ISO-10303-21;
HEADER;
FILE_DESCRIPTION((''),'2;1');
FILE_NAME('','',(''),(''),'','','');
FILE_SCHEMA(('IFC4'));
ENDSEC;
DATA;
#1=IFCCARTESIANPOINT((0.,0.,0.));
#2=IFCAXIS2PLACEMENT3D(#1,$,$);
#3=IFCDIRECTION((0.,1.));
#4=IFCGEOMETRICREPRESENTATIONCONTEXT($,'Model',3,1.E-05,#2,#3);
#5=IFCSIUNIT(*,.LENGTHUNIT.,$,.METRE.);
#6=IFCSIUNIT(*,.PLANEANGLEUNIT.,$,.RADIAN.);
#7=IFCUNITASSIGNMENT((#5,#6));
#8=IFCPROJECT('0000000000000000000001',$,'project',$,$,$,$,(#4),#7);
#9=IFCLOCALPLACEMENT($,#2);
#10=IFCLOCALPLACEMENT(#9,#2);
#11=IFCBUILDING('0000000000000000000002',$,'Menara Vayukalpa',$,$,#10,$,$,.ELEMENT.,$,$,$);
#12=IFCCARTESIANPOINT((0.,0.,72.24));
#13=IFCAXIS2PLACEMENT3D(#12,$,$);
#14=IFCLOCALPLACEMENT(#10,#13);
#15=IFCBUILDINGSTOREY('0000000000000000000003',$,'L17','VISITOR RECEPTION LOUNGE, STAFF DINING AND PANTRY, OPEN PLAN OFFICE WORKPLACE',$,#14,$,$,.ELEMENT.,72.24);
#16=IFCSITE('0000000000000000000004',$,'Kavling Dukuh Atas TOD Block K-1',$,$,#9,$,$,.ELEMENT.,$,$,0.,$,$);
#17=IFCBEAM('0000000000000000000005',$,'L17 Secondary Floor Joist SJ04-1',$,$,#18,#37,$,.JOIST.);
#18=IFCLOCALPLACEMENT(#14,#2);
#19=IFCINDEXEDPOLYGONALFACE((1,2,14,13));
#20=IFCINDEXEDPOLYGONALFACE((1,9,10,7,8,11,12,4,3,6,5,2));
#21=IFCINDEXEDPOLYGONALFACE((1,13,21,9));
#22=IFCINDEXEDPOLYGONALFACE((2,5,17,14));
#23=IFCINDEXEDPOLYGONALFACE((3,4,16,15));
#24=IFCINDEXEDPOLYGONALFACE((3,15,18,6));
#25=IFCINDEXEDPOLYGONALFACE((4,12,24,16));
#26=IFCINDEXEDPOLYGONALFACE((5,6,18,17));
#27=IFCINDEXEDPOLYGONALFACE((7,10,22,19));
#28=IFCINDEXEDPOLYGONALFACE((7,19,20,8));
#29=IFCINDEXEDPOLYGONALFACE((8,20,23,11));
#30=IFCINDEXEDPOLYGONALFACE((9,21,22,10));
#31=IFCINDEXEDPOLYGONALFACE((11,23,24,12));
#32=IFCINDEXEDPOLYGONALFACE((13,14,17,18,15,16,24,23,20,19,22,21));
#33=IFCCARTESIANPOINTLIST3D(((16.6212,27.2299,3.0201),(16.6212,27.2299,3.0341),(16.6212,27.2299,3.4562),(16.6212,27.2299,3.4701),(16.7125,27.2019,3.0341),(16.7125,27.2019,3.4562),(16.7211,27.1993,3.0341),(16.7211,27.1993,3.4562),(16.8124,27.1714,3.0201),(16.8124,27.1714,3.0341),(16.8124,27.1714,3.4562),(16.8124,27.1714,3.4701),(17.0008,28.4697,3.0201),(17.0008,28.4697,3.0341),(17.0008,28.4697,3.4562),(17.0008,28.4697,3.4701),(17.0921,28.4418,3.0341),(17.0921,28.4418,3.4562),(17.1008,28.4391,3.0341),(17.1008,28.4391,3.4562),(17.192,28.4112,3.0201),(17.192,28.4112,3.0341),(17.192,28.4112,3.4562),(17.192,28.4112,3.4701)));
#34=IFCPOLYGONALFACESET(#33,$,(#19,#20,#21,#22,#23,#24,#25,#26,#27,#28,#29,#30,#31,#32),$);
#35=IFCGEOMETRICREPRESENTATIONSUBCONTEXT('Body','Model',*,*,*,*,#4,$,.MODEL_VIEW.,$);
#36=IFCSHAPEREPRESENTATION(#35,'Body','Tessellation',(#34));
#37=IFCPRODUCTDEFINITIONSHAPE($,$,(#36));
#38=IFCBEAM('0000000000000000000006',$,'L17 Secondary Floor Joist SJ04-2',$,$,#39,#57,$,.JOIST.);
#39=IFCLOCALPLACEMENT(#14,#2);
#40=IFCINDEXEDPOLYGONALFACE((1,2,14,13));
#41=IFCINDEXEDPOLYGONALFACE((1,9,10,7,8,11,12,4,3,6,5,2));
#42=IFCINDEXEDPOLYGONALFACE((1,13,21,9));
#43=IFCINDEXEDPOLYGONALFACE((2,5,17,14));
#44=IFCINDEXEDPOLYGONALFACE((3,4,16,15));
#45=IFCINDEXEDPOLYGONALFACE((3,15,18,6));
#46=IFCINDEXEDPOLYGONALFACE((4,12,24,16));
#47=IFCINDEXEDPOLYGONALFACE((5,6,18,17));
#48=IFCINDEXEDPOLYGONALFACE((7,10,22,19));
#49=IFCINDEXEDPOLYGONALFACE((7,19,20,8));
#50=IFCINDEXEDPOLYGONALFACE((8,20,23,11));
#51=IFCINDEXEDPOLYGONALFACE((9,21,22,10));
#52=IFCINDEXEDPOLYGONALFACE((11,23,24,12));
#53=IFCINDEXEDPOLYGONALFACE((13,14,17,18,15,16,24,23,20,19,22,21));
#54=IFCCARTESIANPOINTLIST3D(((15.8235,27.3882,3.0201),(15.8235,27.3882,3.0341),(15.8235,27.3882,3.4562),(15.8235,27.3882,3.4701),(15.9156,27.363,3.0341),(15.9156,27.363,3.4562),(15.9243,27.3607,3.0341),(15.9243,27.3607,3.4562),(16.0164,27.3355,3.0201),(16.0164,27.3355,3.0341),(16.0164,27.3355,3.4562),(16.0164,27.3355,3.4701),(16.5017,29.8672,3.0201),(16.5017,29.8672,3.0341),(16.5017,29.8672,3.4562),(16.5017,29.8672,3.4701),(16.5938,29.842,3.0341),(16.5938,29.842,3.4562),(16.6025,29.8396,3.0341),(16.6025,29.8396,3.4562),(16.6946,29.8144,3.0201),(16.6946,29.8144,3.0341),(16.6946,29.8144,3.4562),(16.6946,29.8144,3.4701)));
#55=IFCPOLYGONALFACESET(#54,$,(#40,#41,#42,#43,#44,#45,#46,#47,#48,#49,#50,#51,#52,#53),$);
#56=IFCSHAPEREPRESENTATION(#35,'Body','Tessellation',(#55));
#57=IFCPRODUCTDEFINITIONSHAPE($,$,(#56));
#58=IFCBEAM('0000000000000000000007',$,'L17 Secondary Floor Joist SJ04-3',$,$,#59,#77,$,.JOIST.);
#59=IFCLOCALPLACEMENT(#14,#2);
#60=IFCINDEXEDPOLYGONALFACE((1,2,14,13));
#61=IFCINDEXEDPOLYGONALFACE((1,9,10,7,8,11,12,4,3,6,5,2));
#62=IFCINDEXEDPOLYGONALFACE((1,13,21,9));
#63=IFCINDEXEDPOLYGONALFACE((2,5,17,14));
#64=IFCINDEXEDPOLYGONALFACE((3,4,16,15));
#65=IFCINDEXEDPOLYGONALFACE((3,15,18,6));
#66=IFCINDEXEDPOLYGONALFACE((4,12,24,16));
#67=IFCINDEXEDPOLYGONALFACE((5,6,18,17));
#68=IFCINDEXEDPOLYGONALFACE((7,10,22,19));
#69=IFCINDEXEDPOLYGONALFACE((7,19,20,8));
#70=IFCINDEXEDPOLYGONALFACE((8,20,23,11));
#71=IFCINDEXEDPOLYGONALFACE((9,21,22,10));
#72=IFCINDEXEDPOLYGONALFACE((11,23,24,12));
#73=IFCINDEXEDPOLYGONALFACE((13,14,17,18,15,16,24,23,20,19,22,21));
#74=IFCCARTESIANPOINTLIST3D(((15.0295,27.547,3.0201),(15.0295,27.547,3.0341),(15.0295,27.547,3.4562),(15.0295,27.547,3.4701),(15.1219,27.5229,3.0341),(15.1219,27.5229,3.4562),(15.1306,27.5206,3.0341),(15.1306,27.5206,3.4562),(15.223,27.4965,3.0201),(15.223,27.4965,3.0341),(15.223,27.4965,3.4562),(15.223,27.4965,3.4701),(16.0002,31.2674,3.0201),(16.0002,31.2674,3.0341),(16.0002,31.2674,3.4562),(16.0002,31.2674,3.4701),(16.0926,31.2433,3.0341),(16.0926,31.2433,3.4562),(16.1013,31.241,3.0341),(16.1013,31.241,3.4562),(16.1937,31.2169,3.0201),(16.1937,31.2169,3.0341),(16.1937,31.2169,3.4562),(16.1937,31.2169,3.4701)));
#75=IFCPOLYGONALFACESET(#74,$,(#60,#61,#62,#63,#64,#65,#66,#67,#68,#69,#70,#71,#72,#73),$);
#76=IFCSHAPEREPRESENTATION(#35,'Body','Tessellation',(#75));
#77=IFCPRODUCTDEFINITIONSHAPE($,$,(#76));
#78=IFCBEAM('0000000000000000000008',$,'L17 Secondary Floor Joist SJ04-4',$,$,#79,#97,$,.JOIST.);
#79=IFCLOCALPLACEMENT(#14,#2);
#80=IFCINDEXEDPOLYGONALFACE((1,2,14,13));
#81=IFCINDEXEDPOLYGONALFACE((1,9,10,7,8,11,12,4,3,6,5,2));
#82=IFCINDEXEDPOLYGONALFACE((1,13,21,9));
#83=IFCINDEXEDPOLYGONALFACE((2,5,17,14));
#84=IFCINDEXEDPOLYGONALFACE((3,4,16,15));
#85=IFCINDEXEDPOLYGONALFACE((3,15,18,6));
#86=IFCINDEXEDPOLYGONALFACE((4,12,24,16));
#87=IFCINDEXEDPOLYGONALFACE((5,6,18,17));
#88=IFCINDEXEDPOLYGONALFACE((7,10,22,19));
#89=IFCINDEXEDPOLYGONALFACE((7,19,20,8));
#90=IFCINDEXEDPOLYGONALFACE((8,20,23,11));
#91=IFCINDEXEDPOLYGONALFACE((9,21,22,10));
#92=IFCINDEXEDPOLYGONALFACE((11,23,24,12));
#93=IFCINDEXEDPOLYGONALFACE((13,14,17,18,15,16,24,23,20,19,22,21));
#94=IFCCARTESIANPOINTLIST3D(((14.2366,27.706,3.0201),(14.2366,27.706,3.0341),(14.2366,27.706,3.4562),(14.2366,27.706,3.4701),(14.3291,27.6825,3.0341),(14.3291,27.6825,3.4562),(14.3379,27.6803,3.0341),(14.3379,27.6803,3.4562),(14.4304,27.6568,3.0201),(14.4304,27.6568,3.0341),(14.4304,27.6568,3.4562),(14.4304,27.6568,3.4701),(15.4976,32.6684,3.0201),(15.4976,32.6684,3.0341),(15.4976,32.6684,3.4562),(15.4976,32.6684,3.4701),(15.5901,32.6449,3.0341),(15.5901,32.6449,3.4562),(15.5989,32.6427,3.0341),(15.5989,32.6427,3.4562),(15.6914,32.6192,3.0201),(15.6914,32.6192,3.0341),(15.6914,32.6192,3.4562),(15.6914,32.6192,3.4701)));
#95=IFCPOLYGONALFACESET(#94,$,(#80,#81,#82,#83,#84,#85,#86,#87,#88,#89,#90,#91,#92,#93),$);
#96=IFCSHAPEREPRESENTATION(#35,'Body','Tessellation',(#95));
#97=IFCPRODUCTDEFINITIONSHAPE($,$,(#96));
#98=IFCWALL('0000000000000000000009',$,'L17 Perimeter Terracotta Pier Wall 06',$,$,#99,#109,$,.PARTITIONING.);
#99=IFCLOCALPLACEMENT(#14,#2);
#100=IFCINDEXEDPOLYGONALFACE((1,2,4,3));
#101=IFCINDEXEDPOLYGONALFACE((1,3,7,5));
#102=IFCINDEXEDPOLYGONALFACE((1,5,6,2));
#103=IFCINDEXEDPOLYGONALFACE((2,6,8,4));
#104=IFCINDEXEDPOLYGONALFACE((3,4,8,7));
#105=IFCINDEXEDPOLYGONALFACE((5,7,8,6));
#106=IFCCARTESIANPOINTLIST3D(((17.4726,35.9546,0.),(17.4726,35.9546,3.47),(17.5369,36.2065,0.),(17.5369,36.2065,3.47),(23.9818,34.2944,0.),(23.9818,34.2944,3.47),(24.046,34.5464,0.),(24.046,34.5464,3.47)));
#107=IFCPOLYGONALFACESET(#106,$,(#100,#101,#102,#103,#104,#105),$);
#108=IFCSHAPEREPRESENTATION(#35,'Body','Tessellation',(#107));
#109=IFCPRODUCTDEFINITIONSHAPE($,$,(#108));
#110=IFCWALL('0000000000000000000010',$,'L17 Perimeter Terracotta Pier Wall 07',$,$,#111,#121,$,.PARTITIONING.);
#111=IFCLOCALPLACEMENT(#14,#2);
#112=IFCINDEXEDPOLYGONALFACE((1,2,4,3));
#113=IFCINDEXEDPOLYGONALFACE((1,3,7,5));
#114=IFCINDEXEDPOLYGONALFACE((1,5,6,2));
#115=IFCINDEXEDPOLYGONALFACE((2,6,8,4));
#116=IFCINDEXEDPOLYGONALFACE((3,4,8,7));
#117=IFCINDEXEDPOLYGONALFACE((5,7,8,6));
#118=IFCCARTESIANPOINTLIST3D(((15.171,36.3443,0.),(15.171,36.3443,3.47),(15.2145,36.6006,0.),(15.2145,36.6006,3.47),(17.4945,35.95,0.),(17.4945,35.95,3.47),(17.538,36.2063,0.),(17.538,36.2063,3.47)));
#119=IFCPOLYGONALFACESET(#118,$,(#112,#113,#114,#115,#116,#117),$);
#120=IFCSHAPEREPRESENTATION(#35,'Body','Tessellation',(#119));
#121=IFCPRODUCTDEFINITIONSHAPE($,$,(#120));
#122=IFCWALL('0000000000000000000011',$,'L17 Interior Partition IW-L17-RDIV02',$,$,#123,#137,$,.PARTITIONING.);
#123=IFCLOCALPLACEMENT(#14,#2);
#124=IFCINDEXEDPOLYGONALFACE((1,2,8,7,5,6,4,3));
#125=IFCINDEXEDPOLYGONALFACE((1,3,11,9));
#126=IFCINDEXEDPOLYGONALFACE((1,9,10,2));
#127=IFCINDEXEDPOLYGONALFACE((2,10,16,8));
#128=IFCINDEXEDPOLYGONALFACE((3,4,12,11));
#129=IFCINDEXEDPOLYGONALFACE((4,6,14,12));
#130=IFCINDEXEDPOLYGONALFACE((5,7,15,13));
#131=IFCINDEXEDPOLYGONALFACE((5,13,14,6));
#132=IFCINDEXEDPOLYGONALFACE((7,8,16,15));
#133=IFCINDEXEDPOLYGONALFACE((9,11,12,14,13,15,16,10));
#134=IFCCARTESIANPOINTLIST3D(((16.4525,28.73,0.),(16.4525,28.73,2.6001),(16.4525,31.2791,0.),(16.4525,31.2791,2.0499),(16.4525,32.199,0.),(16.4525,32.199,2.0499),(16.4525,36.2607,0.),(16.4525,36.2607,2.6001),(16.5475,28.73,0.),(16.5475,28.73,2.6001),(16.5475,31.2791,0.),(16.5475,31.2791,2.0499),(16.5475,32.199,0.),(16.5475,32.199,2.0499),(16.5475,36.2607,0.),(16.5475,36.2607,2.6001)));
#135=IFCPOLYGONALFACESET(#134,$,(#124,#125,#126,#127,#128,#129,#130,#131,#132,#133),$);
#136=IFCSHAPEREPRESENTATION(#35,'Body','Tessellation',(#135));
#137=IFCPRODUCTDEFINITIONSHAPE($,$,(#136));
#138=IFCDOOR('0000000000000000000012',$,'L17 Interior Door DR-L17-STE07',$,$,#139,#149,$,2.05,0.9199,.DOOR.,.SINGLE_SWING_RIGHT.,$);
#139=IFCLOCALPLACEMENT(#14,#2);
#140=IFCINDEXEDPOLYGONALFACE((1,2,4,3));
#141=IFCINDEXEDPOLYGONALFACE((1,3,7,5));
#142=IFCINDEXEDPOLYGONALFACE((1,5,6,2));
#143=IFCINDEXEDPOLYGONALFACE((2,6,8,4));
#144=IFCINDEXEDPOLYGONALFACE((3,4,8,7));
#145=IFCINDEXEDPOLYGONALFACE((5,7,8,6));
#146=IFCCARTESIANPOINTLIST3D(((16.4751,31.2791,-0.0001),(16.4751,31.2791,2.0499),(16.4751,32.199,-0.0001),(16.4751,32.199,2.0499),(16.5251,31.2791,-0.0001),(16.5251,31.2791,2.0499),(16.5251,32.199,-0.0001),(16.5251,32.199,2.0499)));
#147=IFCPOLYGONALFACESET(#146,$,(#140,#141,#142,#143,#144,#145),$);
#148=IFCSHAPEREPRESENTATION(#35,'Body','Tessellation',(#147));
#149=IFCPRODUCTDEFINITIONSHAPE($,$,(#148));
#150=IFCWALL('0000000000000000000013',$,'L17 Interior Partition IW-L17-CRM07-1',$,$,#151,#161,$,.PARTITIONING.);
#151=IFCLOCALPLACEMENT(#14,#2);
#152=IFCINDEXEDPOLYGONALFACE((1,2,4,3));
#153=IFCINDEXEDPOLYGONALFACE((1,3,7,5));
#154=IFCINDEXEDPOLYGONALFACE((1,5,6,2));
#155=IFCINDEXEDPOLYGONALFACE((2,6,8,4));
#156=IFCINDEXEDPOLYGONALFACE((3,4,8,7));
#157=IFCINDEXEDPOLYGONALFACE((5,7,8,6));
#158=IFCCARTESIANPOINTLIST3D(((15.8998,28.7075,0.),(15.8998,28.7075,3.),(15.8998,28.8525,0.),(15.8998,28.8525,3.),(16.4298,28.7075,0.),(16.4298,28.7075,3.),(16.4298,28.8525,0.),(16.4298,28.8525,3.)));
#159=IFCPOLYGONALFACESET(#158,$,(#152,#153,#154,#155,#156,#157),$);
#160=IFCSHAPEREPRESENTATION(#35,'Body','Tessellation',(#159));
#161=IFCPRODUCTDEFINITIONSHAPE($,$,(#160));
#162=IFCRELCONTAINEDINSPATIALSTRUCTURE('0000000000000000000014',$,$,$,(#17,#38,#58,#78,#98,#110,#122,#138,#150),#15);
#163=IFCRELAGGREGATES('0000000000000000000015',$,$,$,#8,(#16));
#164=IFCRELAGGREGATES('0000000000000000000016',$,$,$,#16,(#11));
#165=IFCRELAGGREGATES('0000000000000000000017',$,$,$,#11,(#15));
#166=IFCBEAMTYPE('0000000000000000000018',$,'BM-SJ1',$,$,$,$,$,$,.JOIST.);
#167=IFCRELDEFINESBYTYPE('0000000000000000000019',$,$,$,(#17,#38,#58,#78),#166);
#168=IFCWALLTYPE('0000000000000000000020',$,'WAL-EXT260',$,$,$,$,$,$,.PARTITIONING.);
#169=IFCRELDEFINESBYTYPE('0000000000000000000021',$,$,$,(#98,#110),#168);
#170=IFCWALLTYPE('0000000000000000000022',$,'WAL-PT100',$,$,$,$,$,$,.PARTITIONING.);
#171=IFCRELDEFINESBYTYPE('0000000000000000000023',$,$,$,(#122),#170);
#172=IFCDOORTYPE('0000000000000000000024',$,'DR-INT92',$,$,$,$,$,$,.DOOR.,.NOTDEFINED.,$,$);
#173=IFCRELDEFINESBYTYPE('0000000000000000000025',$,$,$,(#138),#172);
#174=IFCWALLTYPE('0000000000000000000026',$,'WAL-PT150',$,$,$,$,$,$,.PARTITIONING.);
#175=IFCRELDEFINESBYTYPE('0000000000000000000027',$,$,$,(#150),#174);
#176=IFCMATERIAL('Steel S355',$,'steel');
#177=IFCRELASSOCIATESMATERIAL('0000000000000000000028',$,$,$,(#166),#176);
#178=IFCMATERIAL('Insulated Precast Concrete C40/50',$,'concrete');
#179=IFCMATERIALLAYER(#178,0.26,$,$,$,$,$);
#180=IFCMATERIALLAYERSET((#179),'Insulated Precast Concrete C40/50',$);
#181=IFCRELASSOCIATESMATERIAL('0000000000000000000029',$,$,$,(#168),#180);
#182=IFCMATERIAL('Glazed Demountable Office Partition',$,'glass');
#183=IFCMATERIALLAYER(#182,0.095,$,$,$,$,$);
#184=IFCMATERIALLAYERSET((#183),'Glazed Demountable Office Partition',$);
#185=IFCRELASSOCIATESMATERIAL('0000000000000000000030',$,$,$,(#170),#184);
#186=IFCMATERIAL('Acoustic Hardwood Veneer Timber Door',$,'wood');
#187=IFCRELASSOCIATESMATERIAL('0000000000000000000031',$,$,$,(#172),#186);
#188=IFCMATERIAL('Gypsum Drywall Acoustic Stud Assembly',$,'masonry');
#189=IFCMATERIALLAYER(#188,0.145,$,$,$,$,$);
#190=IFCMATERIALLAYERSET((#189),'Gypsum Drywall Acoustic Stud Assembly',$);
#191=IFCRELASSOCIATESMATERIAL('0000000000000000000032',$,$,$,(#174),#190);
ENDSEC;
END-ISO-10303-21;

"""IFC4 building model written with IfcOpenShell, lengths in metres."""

from ifc_helpers import new_model, si_unit, direction, frame, frame_2d, origin, origin_2d, place, context, subcontext, project, spatial, rectangle, i_section, extrude, material, layer, layer_set, material_profile, profile_set, type_object, element, fill, save


model = new_model("IFC4")

# Units and contexts
model_context = context("Model", 3, precision=1e-05, world=origin(), true_north=direction((0.0, 1.0)))
body_context = subcontext(model_context, "Body", "Model", "MODEL_VIEW")
ifc_project = project(units=[si_unit("LENGTHUNIT", "METRE"), si_unit("PLANEANGLEUNIT", "RADIAN")], contexts=[model_context])

# Site, building, storey
site_placement = place(None, origin())
site = spatial("IfcSite", under=ifc_project, at=site_placement, Name="Kavling Dukuh Atas TOD Block K-1", CompositionType="ELEMENT", RefElevation=0.0)
building_placement = place(site_placement, origin())
building = spatial("IfcBuilding", under=site, at=building_placement, Name="Menara Vayukalpa", CompositionType="ELEMENT")
storey_placement = place(building_placement, frame((0.0, 0.0, 72.24)))
storey = spatial("IfcBuildingStorey", under=building, at=storey_placement, Name="L17", Description="VISITOR RECEPTION LOUNGE, STAFF DINING AND PANTRY, OPEN PLAN OFFICE WORKPLACE", CompositionType="ELEMENT", Elevation=72.24)

# Beams
ifc_material_1 = material(Name="Steel S355", Category="steel")
ifc_material_profile_1 = material_profile(ifc_material_1, i_section(OverallWidth=0.2, OverallDepth=0.45, WebThickness=0.009, FlangeThickness=0.0139, at=origin_2d()), Name="WF 450x200x9x14")
ifc_profile_set_1 = profile_set([ifc_material_profile_1], Name="Steel S355")
beam_type_1 = type_object("IfcBeamType", Name="BM-SJ1", PredefinedType="JOIST", material=ifc_profile_set_1)
beam_1_placement = place(storey_placement, frame((17.0964, 28.4404, 3.2451), z_axis=(-0.292802, -0.956173, 0.0), x_axis=(0.956173, -0.292802, 0.0)))
element("IfcBeam", 1, at=beam_1_placement, inside=storey, type_object=beam_type_1, Name="L17 Secondary Floor Joist SJ04-1", PredefinedType="JOIST", context=body_context, shape_type="SweptSolid", body=[
    extrude(i_section(OverallWidth=0.2, OverallDepth=0.45, WebThickness=0.009, FlangeThickness=0.0139, at=origin_2d()), origin(), (0.0, 0.0, 1.0), 1.2966),
])
beam_2_placement = place(storey_placement, frame((16.5981, 29.8408, 3.2451), z_axis=(-0.263889, -0.964553, 0.0), x_axis=(0.964553, -0.263889, 0.0)))
element("IfcBeam", 2, at=beam_2_placement, inside=storey, type_object=beam_type_1, Name="L17 Secondary Floor Joist SJ04-2", PredefinedType="JOIST", context=body_context, shape_type="SweptSolid", body=[
    extrude(i_section(OverallWidth=0.2, OverallDepth=0.45, WebThickness=0.009, FlangeThickness=0.0139, at=origin_2d()), origin(), (0.0, 0.0, 1.0), 2.5701),
])
beam_3_placement = place(storey_placement, frame((16.0969, 31.2422, 3.2451), z_axis=(-0.252458, -0.967608, 0.0), x_axis=(0.967608, -0.252458, 0.0)))
element("IfcBeam", 3, at=beam_3_placement, inside=storey, type_object=beam_type_1, Name="L17 Secondary Floor Joist SJ04-3", PredefinedType="JOIST", context=body_context, shape_type="SweptSolid", body=[
    extrude(i_section(OverallWidth=0.2, OverallDepth=0.45, WebThickness=0.009, FlangeThickness=0.0139, at=origin_2d()), origin(), (0.0, 0.0, 1.0), 3.845),
])
beam_4_placement = place(storey_placement, frame((15.5945, 32.6438, 3.2451), z_axis=(-0.246281, -0.969198, 0.0), x_axis=(0.969198, -0.246281, 0.0)))
element("IfcBeam", 4, at=beam_4_placement, inside=storey, type_object=beam_type_1, Name="L17 Secondary Floor Joist SJ04-4", PredefinedType="JOIST", context=body_context, shape_type="SweptSolid", body=[
    extrude(i_section(OverallWidth=0.2, OverallDepth=0.45, WebThickness=0.009, FlangeThickness=0.0139, at=origin_2d()), origin(), (0.0, 0.0, 1.0), 5.1201),
])

# Walls
ifc_material_2 = material(Name="Insulated Precast Concrete C40/50", Category="concrete")
ifc_layer_1 = layer(ifc_material_2, 0.26)
ifc_layer_set_1 = layer_set([ifc_layer_1], Name="Insulated Precast Concrete C40/50")
wall_type_1 = type_object("IfcWallType", Name="WAL-EXT260", PredefinedType="PARTITIONING", material=ifc_layer_set_1)
wall_1_placement = place(storey_placement, frame((17.5046, 36.0806, 0.0), z_axis=(0.0, 0.0, 1.0), x_axis=(0.968981, -0.247134, 0.0)))
element("IfcWall", 5, at=wall_1_placement, inside=storey, type_object=wall_type_1, Name="L17 Perimeter Terracotta Pier Wall 06", PredefinedType="PARTITIONING", context=body_context, shape_type="SweptSolid", body=[
    extrude(rectangle(XDim=6.7175, YDim=0.26, at=frame_2d((3.3589, 0.0))), origin(), (0.0, 0.0, 1.0), 3.47),
])
wall_2_placement = place(storey_placement, frame((15.1929, 36.4724, 0.0), z_axis=(0.0, 0.0, 1.0), x_axis=(0.985905, -0.167305, 0.0)))
element("IfcWall", 6, at=wall_2_placement, inside=storey, type_object=wall_type_1, Name="L17 Perimeter Terracotta Pier Wall 07", PredefinedType="PARTITIONING", context=body_context, shape_type="SweptSolid", body=[
    extrude(rectangle(XDim=2.3567, YDim=0.26, at=frame_2d((1.1782, 0.0))), origin(), (0.0, 0.0, 1.0), 3.47),
])

# Wall, opening, door
ifc_material_3 = material(Name="Glazed Demountable Office Partition", Category="glass")
ifc_layer_2 = layer(ifc_material_3, 0.095)
ifc_layer_set_2 = layer_set([ifc_layer_2], Name="Glazed Demountable Office Partition")
wall_type_2 = type_object("IfcWallType", Name="WAL-PT100", PredefinedType="PARTITIONING", material=ifc_layer_set_2)
wall_3_placement = place(storey_placement, frame((16.5, 28.73, 0.0), z_axis=(0.0, 0.0, 1.0), x_axis=(0.0, 1.0, 0.0)))
wall_3 = element("IfcWall", 7, at=wall_3_placement, inside=storey, type_object=wall_type_2, Name="L17 Interior Partition IW-L17-RDIV02", PredefinedType="PARTITIONING", context=body_context, shape_type="SweptSolid", body=[
    extrude(rectangle(XDim=7.5308, YDim=0.095, at=frame_2d((3.7654, 0.0))), origin(), (0.0, 0.0, 1.0), 2.6001),
])
opening_1_placement = place(wall_3_placement, frame((2.5491, 0.0, 0.0)))
opening_1 = element("IfcOpeningElement", 8, at=opening_1_placement, cuts=wall_3, PredefinedType="OPENING", context=body_context, shape_type="SweptSolid", body=[
    extrude(rectangle(XDim=0.9199, YDim=2.05, at=frame_2d((0.46, 1.0249))), frame((0.0, 0.0574, 0.0), z_axis=(0.0, -1.0, 0.0), x_axis=(1.0, 0.0, 0.0)), (0.0, 0.0, 1.0), 0.115),
])
ifc_material_4 = material(Name="Acoustic Hardwood Veneer Timber Door", Category="wood")
door_type = type_object("IfcDoorType", Name="DR-INT92", OperationType="NOTDEFINED", PredefinedType="DOOR", material=ifc_material_4)
door_1_placement = place(opening_1_placement, origin())
door_1 = element("IfcDoor", 9, at=door_1_placement, inside=storey, type_object=door_type, Name="L17 Interior Door DR-L17-STE07", OperationType="SINGLE_SWING_RIGHT", OverallHeight=2.05, OverallWidth=0.9199, PredefinedType="DOOR", context=body_context, shape_type="SweptSolid", body=[
    extrude(rectangle(XDim=0.9199, YDim=2.05, at=frame_2d((0.46, 1.0249))), frame((0.0, 0.0249, 0.0), z_axis=(0.0, -1.0, 0.0), x_axis=(1.0, 0.0, 0.0)), (0.0, 0.0, 1.0), 0.05),
])
fill(opening_1, door_1)

# Wall
ifc_material_5 = material(Name="Gypsum Drywall Acoustic Stud Assembly", Category="masonry")
ifc_layer_3 = layer(ifc_material_5, 0.145)
ifc_layer_set_3 = layer_set([ifc_layer_3], Name="Gypsum Drywall Acoustic Stud Assembly")
wall_type_3 = type_object("IfcWallType", Name="WAL-PT150", PredefinedType="PARTITIONING", material=ifc_layer_set_3)
wall_4_placement = place(storey_placement, frame((16.4299, 28.78, 0.0), z_axis=(0.0, 0.0, 1.0), x_axis=(-1.0, 0.0, 0.0)))
element("IfcWall", 10, at=wall_4_placement, inside=storey, type_object=wall_type_3, Name="L17 Interior Partition IW-L17-CRM07-1", PredefinedType="PARTITIONING", context=body_context, shape_type="SweptSolid", body=[
    extrude(rectangle(XDim=0.53, YDim=0.145, at=frame_2d((0.2651, 0.0))), origin(), (0.0, 0.0, 1.0), 3.0),
])

save(model, "model.ifc")
